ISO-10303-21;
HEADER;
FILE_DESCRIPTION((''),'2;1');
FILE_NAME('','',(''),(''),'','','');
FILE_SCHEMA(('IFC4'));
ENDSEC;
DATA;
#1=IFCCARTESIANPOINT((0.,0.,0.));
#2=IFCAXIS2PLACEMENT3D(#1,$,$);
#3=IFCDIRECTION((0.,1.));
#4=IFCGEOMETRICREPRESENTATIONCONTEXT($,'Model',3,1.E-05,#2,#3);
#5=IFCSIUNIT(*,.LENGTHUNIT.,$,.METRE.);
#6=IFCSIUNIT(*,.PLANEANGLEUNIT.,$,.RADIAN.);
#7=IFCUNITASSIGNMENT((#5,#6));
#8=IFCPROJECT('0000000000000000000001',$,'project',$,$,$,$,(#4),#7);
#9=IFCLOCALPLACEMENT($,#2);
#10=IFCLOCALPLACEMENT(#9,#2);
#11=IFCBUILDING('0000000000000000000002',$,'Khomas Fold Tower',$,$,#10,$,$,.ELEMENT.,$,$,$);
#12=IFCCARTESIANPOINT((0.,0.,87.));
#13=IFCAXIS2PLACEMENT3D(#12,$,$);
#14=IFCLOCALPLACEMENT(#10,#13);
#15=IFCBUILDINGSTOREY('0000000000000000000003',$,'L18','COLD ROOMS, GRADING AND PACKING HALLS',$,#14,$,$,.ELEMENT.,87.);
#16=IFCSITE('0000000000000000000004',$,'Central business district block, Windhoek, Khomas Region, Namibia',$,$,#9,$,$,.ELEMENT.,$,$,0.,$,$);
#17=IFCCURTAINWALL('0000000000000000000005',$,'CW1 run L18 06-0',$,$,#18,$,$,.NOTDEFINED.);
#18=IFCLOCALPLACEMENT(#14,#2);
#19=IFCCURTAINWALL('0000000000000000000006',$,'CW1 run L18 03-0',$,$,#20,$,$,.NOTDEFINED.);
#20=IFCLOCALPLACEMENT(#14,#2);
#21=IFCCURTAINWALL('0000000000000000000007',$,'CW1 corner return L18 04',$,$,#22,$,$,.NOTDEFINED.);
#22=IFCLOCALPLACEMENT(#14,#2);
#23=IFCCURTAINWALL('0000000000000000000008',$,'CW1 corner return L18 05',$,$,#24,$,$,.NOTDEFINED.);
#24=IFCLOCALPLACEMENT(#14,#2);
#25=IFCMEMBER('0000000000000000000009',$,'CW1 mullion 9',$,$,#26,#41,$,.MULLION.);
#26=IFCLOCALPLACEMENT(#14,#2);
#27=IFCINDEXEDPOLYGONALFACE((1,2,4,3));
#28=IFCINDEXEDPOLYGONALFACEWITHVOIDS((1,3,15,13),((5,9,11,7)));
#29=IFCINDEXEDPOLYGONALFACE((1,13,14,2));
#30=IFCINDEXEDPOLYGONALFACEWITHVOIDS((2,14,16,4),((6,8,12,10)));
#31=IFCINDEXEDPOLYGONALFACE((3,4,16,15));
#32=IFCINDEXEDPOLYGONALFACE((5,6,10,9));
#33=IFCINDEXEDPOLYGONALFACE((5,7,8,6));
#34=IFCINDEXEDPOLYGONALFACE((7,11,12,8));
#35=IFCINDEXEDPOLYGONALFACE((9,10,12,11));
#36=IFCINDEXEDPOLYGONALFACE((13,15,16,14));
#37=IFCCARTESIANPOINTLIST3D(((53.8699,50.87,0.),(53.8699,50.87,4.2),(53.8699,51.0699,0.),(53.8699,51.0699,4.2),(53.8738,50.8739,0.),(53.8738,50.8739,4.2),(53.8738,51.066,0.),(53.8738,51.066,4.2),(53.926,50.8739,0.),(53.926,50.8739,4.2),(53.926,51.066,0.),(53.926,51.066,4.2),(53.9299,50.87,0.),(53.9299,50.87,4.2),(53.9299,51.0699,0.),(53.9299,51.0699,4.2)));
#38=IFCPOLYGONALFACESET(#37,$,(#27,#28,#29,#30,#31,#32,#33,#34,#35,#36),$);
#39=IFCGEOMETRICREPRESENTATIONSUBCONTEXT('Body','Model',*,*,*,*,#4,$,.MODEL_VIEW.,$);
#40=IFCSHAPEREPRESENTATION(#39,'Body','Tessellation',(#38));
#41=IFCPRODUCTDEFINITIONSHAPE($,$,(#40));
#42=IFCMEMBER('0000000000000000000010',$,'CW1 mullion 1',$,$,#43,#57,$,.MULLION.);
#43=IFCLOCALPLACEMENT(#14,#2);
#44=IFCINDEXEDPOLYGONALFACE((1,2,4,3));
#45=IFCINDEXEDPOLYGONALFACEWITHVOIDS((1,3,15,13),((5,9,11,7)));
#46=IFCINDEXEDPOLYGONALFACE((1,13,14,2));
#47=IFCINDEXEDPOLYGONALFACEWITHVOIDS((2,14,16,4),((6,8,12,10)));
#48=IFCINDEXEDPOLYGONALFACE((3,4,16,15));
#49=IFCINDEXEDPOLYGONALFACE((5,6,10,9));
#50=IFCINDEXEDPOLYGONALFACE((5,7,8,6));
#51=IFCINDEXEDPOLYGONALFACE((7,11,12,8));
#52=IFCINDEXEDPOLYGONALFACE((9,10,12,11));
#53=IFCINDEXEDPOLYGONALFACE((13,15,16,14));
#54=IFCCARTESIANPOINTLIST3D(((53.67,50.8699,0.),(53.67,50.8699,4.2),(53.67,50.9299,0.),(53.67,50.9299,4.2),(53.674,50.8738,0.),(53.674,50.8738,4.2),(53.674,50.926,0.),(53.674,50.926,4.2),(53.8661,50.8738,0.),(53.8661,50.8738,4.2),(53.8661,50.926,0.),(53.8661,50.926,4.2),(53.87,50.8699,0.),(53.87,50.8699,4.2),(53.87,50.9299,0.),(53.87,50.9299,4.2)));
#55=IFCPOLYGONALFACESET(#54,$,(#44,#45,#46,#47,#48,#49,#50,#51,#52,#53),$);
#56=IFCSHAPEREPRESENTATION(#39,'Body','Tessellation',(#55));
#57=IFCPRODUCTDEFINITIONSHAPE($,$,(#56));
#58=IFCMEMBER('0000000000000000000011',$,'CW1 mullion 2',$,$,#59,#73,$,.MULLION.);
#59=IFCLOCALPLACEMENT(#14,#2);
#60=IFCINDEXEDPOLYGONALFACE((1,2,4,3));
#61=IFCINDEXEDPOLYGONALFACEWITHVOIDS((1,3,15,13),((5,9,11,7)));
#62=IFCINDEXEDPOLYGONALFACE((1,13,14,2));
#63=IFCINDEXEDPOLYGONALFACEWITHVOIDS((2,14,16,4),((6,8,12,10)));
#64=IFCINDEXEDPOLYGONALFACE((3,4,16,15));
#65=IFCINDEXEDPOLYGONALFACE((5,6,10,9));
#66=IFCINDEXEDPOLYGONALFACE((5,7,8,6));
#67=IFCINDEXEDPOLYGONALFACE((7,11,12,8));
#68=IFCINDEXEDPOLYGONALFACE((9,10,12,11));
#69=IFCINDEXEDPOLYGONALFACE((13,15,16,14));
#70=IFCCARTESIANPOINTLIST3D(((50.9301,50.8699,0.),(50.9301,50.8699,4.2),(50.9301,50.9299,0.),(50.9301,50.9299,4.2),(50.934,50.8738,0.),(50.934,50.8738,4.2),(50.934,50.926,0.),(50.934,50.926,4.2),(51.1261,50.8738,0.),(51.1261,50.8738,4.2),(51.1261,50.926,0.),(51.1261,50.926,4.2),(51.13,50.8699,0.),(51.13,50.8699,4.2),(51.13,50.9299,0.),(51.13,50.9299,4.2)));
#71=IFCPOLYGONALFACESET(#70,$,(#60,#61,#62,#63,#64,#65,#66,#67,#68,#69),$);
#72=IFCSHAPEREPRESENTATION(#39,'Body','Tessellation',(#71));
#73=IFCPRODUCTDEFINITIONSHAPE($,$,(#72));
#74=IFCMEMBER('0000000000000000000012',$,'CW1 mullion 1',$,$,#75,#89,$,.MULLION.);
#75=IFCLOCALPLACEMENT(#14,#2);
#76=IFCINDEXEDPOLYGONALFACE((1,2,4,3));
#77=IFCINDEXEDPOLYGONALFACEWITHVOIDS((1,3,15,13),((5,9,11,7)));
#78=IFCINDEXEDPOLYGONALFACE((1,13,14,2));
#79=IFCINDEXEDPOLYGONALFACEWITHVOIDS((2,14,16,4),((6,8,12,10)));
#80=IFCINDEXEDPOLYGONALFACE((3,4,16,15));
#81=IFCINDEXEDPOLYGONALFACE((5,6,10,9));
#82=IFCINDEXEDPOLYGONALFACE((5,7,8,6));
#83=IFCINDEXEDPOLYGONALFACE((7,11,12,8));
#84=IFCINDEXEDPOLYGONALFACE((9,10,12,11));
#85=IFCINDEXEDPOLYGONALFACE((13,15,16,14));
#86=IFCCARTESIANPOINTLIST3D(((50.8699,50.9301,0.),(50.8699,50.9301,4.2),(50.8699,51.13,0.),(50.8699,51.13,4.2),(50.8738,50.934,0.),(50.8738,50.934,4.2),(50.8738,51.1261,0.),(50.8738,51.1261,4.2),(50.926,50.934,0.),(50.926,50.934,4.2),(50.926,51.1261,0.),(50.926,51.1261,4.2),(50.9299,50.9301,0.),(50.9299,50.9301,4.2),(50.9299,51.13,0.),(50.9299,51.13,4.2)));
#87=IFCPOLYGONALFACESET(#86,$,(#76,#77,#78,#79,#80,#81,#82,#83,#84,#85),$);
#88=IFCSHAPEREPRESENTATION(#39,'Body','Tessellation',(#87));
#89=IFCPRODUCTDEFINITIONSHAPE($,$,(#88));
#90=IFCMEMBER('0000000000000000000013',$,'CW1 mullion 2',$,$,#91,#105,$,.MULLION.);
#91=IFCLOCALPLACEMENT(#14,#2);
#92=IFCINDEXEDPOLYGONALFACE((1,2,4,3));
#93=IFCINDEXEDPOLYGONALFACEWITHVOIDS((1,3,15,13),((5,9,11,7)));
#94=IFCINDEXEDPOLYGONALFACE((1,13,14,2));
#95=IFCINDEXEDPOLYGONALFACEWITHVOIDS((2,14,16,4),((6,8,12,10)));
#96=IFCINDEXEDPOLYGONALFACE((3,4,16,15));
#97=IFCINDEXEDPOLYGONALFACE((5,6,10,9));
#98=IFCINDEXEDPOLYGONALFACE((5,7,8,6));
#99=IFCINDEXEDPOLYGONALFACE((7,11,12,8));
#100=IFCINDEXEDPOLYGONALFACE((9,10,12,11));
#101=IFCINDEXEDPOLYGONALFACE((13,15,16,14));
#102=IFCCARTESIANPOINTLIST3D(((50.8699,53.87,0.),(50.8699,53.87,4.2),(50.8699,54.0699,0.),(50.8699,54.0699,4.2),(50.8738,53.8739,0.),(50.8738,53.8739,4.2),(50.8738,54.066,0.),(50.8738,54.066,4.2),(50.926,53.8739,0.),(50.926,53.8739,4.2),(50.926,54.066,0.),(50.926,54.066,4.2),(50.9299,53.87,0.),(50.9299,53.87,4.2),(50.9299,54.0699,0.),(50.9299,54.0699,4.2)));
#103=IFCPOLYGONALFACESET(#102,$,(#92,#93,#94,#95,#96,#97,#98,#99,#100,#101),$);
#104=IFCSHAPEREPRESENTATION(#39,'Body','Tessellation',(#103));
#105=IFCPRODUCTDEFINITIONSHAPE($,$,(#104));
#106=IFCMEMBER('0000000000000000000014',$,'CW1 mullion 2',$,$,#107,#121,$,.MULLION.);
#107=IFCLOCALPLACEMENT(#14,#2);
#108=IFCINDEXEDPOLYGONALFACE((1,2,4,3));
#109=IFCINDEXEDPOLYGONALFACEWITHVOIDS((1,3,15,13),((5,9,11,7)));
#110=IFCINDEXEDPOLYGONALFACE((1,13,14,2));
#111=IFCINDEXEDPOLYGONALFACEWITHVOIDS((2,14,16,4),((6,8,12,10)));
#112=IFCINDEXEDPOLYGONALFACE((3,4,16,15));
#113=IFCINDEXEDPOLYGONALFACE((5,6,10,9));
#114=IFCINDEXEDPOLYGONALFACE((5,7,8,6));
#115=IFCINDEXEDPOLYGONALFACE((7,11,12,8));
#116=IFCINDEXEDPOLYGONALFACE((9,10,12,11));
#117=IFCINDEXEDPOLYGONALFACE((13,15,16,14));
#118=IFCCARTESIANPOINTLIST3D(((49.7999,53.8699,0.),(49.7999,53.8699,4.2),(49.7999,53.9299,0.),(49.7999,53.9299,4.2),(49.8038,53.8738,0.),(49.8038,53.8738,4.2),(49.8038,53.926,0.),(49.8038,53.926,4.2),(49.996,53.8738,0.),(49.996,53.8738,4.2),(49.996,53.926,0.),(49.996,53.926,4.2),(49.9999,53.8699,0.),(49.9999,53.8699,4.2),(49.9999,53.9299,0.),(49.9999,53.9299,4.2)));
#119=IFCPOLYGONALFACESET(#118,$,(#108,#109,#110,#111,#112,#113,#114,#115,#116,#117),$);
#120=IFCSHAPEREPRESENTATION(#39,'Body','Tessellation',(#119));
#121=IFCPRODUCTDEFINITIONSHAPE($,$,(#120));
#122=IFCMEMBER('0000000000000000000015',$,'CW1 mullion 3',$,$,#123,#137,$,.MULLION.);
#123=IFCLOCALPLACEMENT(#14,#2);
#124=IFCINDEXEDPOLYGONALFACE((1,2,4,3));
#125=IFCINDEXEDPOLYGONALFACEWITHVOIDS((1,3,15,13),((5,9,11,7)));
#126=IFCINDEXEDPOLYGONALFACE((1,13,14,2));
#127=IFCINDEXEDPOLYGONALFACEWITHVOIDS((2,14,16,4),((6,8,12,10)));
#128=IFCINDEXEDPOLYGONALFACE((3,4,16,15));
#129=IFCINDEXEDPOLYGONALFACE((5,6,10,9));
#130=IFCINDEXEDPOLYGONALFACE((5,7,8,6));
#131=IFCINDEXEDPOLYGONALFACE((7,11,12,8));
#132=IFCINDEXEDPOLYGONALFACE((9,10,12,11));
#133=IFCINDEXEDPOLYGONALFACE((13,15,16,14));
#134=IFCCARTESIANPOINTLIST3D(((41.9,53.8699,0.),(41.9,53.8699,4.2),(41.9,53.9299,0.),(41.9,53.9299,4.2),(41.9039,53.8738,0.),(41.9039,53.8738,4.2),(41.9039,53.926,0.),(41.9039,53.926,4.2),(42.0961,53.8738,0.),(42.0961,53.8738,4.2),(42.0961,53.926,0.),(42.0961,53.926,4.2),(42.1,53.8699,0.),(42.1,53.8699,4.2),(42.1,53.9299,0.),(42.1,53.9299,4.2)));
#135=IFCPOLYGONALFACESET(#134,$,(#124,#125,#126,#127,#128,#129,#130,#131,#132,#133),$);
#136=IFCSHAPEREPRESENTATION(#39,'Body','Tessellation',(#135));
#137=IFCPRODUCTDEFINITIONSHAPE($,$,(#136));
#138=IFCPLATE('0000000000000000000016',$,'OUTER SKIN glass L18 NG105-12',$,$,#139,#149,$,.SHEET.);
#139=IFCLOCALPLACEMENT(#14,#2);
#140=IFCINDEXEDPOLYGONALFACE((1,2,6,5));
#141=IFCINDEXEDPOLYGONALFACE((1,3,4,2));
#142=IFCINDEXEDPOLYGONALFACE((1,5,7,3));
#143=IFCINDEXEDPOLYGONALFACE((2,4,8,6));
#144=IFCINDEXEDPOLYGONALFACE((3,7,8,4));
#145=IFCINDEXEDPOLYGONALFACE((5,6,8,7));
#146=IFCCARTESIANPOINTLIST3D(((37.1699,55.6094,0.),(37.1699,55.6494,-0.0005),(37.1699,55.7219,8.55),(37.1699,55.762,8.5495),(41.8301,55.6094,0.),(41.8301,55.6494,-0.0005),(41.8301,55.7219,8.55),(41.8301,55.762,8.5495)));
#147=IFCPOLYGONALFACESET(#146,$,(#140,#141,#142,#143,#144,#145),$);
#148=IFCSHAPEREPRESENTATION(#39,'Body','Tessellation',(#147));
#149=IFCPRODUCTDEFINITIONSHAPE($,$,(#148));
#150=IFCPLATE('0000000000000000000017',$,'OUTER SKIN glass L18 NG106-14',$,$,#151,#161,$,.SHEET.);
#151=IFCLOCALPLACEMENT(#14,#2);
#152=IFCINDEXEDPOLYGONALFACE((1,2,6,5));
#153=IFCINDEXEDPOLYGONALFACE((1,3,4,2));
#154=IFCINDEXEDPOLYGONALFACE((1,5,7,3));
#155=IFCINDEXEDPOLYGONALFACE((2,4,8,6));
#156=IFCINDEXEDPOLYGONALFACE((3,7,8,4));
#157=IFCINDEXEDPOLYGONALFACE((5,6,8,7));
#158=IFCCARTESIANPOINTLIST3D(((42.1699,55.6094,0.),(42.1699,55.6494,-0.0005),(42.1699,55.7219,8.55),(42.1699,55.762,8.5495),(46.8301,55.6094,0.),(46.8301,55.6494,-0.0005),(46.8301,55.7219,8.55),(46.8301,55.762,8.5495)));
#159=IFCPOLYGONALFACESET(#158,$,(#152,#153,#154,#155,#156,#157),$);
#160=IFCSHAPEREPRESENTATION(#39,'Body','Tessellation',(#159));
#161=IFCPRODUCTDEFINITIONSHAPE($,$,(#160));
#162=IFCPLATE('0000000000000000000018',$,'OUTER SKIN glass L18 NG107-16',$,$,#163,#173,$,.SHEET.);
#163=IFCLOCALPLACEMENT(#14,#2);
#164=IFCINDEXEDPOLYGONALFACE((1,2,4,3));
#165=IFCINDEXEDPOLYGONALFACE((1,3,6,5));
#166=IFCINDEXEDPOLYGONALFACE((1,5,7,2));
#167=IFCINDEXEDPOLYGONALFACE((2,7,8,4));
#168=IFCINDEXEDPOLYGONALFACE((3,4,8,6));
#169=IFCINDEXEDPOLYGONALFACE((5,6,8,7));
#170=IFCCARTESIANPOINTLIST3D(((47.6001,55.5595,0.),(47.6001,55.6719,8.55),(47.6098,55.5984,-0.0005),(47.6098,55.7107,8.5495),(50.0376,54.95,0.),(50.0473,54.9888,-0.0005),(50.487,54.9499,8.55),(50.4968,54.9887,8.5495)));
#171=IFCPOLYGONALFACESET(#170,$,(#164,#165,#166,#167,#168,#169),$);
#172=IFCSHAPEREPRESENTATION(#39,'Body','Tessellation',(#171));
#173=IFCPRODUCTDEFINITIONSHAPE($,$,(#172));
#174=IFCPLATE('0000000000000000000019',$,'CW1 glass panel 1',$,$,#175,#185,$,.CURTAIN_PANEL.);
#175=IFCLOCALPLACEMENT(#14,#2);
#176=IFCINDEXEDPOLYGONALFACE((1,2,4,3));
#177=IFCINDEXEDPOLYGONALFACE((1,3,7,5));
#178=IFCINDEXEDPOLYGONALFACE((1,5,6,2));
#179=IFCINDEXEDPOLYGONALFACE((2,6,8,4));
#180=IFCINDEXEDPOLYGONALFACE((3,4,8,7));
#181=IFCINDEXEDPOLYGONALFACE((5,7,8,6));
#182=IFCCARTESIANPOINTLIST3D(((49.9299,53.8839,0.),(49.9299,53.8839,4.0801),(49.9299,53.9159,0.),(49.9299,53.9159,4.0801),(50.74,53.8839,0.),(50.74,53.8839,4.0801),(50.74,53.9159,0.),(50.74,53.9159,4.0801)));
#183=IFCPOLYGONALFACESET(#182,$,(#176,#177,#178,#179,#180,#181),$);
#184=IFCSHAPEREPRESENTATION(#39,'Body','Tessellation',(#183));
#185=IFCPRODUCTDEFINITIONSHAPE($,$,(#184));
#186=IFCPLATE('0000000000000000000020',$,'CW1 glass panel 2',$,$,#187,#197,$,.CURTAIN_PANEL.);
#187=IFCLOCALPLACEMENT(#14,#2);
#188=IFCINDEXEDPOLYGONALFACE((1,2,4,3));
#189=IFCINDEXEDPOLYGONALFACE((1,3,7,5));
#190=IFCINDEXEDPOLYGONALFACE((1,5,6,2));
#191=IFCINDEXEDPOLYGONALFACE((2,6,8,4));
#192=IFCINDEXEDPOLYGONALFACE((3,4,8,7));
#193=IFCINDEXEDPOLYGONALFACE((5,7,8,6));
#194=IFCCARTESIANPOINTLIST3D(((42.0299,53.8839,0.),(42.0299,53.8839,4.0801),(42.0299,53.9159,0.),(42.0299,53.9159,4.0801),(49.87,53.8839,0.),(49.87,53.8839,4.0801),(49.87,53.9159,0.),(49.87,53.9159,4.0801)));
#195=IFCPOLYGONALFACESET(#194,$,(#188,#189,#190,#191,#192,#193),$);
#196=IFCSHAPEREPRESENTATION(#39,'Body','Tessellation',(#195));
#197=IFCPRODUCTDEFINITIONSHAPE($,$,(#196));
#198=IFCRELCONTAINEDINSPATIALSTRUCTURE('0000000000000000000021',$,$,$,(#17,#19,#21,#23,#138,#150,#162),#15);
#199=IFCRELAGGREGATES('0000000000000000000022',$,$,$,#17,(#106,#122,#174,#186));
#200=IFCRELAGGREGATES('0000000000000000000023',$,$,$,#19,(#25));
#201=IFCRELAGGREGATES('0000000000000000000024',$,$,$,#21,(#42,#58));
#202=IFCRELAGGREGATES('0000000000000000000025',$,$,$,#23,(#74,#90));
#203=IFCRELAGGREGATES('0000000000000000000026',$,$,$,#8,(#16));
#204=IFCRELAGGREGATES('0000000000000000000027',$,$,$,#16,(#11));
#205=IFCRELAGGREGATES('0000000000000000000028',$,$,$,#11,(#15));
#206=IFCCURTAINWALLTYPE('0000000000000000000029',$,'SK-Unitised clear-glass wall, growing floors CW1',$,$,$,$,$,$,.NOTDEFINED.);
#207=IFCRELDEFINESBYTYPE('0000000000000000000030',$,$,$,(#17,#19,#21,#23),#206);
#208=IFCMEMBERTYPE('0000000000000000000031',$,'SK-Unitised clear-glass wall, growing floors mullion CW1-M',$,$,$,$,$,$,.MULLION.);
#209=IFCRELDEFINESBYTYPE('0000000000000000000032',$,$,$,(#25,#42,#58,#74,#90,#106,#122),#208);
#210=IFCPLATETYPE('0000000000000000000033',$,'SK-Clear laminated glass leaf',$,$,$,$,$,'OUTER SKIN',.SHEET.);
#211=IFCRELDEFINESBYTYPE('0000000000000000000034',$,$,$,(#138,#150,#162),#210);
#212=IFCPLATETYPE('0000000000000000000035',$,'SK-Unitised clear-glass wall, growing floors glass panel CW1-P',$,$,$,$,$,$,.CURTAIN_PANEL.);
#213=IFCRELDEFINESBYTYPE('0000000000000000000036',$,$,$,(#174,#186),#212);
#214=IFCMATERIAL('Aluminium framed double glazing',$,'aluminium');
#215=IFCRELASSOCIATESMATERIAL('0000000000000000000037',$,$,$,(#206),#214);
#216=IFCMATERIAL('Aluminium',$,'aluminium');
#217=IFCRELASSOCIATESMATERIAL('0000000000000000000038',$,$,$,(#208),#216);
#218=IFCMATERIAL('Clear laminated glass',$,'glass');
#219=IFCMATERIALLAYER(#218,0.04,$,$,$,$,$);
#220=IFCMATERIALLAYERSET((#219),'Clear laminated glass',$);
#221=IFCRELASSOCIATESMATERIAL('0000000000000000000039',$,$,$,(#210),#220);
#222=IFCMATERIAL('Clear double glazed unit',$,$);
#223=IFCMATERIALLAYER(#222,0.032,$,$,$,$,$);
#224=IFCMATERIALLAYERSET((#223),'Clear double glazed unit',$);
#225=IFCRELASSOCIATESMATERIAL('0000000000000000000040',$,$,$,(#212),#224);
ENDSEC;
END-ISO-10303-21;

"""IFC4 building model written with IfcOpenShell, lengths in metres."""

from ifc_helpers import new_model, si_unit, direction, frame, origin, origin_2d, place, context, subcontext, project, spatial, polyline, rectangle, hollow_rectangle, outline, extrude, source, transform, mapped, material, layer, layer_set, material_profile, profile_set, type_object, element, aggregate, save


model = new_model("IFC4")

# Units and contexts
model_context = context("Model", 3, precision=1e-05, world=origin(), true_north=direction((0.0, 1.0)))
body_context = subcontext(model_context, "Body", "Model", "MODEL_VIEW")
ifc_project = project(units=[si_unit("LENGTHUNIT", "METRE"), si_unit("PLANEANGLEUNIT", "RADIAN")], contexts=[model_context])

# Site, building, storey
site_placement = place(None, origin())
site = spatial("IfcSite", under=ifc_project, at=site_placement, Name="Central business district block, Windhoek, Khomas Region, Namibia", CompositionType="ELEMENT", RefElevation=0.0)
building_placement = place(site_placement, origin())
building = spatial("IfcBuilding", under=site, at=building_placement, Name="Khomas Fold Tower", CompositionType="ELEMENT")
storey_placement = place(building_placement, frame((0.0, 0.0, 87.0)))
storey = spatial("IfcBuildingStorey", under=building, at=storey_placement, Name="L18", Description="COLD ROOMS, GRADING AND PACKING HALLS", CompositionType="ELEMENT", Elevation=87.0)

# Curtain wall
ifc_material_1 = material(Name="Aluminium framed double glazing", Category="aluminium")
curtain_wall_type = type_object("IfcCurtainWallType", Name="SK-Unitised clear-glass wall, growing floors CW1", PredefinedType="NOTDEFINED", material=ifc_material_1)
curtain_wall_1_placement = place(storey_placement, origin())
curtain_wall_1 = element("IfcCurtainWall", 1, at=curtain_wall_1_placement, inside=storey, type_object=curtain_wall_type, Name="CW1 run L18 06-0", PredefinedType="NOTDEFINED")

# Curtain walls
curtain_wall_2_placement = place(storey_placement, origin())
curtain_wall_2 = element("IfcCurtainWall", 2, at=curtain_wall_2_placement, inside=storey, type_object=curtain_wall_type, Name="CW1 run L18 03-0", PredefinedType="NOTDEFINED")
curtain_wall_3_placement = place(storey_placement, origin())
curtain_wall_3 = element("IfcCurtainWall", 3, at=curtain_wall_3_placement, inside=storey, type_object=curtain_wall_type, Name="CW1 corner return L18 04", PredefinedType="NOTDEFINED")
curtain_wall_4_placement = place(storey_placement, origin())
curtain_wall_4 = element("IfcCurtainWall", 4, at=curtain_wall_4_placement, inside=storey, type_object=curtain_wall_type, Name="CW1 corner return L18 05", PredefinedType="NOTDEFINED")

# Members
ifc_material_2 = material(Name="Aluminium", Category="aluminium")
ifc_material_profile_1 = material_profile(ifc_material_2, hollow_rectangle(XDim=0.0601, YDim=0.2, WallThickness=0.0039, at=origin_2d()), Name="SK-Unitised clear-glass wall, growing floors mullion CW1-M")
ifc_profile_set_1 = profile_set([ifc_material_profile_1], Name="Aluminium")
member_type_1 = type_object("IfcMemberType", Name="SK-Unitised clear-glass wall, growing floors mullion CW1-M", PredefinedType="MULLION", material=ifc_profile_set_1)
shared_shape_1 = source(origin(), body_context, "Body", "SweptSolid", [
    extrude(hollow_rectangle(XDim=0.0601, YDim=0.2, WallThickness=0.0039, at=origin_2d()), origin(), (0.0, 0.0, 1.0), 4.2),
])
member_1_placement = place(storey_placement, frame((53.8999, 50.97, 0.0), z_axis=(0.0, 0.0, 1.0), x_axis=(-1.0, 0.0, 0.0)))
member_1 = element("IfcMember", 5, at=member_1_placement, type_object=member_type_1, Name="CW1 mullion 9", PredefinedType="MULLION", context=body_context, shape_type="MappedRepresentation", body=[
    mapped(shared_shape_1, transform((0.0, 0.0, 0.0))),
])
member_2_placement = place(storey_placement, frame((53.77, 50.8999, 0.0), z_axis=(0.0, 0.0, 1.0), x_axis=(0.0, -1.0, 0.0)))
member_2 = element("IfcMember", 6, at=member_2_placement, type_object=member_type_1, Name="CW1 mullion 1", PredefinedType="MULLION", context=body_context, shape_type="MappedRepresentation", body=[
    mapped(shared_shape_1, transform((0.0, 0.0, 0.0))),
])
member_3_placement = place(storey_placement, frame((51.03, 50.8999, 0.0), z_axis=(0.0, 0.0, 1.0), x_axis=(0.0, -1.0, 0.0)))
member_3 = element("IfcMember", 7, at=member_3_placement, type_object=member_type_1, Name="CW1 mullion 2", PredefinedType="MULLION", context=body_context, shape_type="MappedRepresentation", body=[
    mapped(shared_shape_1, transform((0.0, 0.0, 0.0))),
])
member_4_placement = place(storey_placement, frame((50.8999, 51.03, 0.0), z_axis=(0.0, 0.0, 1.0), x_axis=(-1.0, 0.0, 0.0)))
member_4 = element("IfcMember", 8, at=member_4_placement, type_object=member_type_1, Name="CW1 mullion 1", PredefinedType="MULLION", context=body_context, shape_type="MappedRepresentation", body=[
    mapped(shared_shape_1, transform((0.0, 0.0, 0.0))),
])
member_5_placement = place(storey_placement, frame((50.8999, 53.97, 0.0), z_axis=(0.0, 0.0, 1.0), x_axis=(-1.0, 0.0, 0.0)))
member_5 = element("IfcMember", 9, at=member_5_placement, type_object=member_type_1, Name="CW1 mullion 2", PredefinedType="MULLION", context=body_context, shape_type="MappedRepresentation", body=[
    mapped(shared_shape_1, transform((0.0, 0.0, 0.0))),
])
member_6_placement = place(storey_placement, frame((49.8999, 53.8999, 0.0), z_axis=(0.0, 0.0, 1.0), x_axis=(0.0, -1.0, 0.0)))
member_6 = element("IfcMember", 10, at=member_6_placement, type_object=member_type_1, Name="CW1 mullion 2", PredefinedType="MULLION", context=body_context, shape_type="MappedRepresentation", body=[
    mapped(shared_shape_1, transform((0.0, 0.0, 0.0))),
])
member_7_placement = place(storey_placement, frame((42.0, 53.8999, 0.0), z_axis=(0.0, 0.0, 1.0), x_axis=(0.0, -1.0, 0.0)))
member_7 = element("IfcMember", 11, at=member_7_placement, type_object=member_type_1, Name="CW1 mullion 3", PredefinedType="MULLION", context=body_context, shape_type="MappedRepresentation", body=[
    mapped(shared_shape_1, transform((0.0, 0.0, 0.0))),
])

# Plates
ifc_material_3 = material(Name="Clear laminated glass", Category="glass")
ifc_layer_1 = layer(ifc_material_3, 0.04)
ifc_layer_set_1 = layer_set([ifc_layer_1], Name="Clear laminated glass")
plate_type_1 = type_object("IfcPlateType", Name="SK-Clear laminated glass leaf", ElementType="OUTER SKIN", PredefinedType="SHEET", material=ifc_layer_set_1)
for number, where, z_axis, x_axis, name in (
    (12, (41.8301, 55.7219, 8.55), (0.0, -0.999913, 0.013162), (0.0, -0.013162, -0.999913), "OUTER SKIN glass L18 NG105-12"),
    (13, (46.8301, 55.7219, 8.55), (0.0, -0.999913, 0.013162), (0.0, -0.013162, -0.999913), "OUTER SKIN glass L18 NG106-14"),
):
    element("IfcPlate", number, at=place(storey_placement, frame(where, z_axis=z_axis, x_axis=x_axis)), inside=storey, type_object=plate_type_1, Name=name, PredefinedType="SHEET", context=body_context, shape_type="SweptSolid", body=[
        extrude(outline(polyline([(0.0, 0.0), (8.5508, 0.0), (8.5508, -4.6602), (0.0, -4.6602), (0.0, 0.0)])), origin(), (0.0, 0.0, -1.0), 0.04),
    ])
plate_1_placement = place(storey_placement, frame((47.6001, 55.6719, 8.55), z_axis=(-0.242589, -0.970045, 0.012747), x_axis=(0.970124, -0.242609, 0.0)))
element("IfcPlate", 14, at=plate_1_placement, inside=storey, type_object=plate_type_1, Name="OUTER SKIN glass L18 NG107-16", PredefinedType="SHEET", context=body_context, shape_type="SweptSolid", body=[
    extrude(outline(polyline([(0.0, 0.0), (2.9759, 0.0), (2.5398, -8.5507), (0.0272, -8.5507), (0.0, 0.0)])), origin(), (0.0, 0.0, -1.0), 0.04),
])

# Plates
ifc_material_4 = material(Name="Clear double glazed unit")
ifc_layer_2 = layer(ifc_material_4, 0.032)
ifc_layer_set_2 = layer_set([ifc_layer_2], Name="Clear double glazed unit")
plate_type_2 = type_object("IfcPlateType", Name="SK-Unitised clear-glass wall, growing floors glass panel CW1-P", PredefinedType="CURTAIN_PANEL", material=ifc_layer_set_2)
shared_shape_2 = source(origin(), body_context, "Body", "SweptSolid", [
    extrude(rectangle(XDim=0.8101, YDim=0.032, at=origin_2d()), origin(), (0.0, 0.0, 1.0), 4.0801),
])
plate_2_placement = place(storey_placement, frame((50.335, 53.8999, 0.0), z_axis=(0.0, 0.0, 1.0), x_axis=(-1.0, 0.0, 0.0)))
plate_2 = element("IfcPlate", 15, at=plate_2_placement, type_object=plate_type_2, Name="CW1 glass panel 1", PredefinedType="CURTAIN_PANEL", context=body_context, shape_type="MappedRepresentation", body=[
    mapped(shared_shape_2, transform((0.0, 0.0, 0.0))),
])
shared_shape_3 = source(origin(), body_context, "Body", "SweptSolid", [
    extrude(rectangle(XDim=7.8401, YDim=0.032, at=origin_2d()), origin(), (0.0, 0.0, 1.0), 4.0801),
])
plate_3_placement = place(storey_placement, frame((45.95, 53.8999, 0.0), z_axis=(0.0, 0.0, 1.0), x_axis=(-1.0, 0.0, 0.0)))
plate_3 = element("IfcPlate", 16, at=plate_3_placement, type_object=plate_type_2, Name="CW1 glass panel 2", PredefinedType="CURTAIN_PANEL", context=body_context, shape_type="MappedRepresentation", body=[
    mapped(shared_shape_3, transform((0.0, 0.0, 0.0))),
])
aggregate(curtain_wall_1, [member_6, member_7, plate_2, plate_3])
aggregate(curtain_wall_2, [member_1])
aggregate(curtain_wall_3, [member_2, member_3])
aggregate(curtain_wall_4, [member_4, member_5])

save(model, "model.ifc")
